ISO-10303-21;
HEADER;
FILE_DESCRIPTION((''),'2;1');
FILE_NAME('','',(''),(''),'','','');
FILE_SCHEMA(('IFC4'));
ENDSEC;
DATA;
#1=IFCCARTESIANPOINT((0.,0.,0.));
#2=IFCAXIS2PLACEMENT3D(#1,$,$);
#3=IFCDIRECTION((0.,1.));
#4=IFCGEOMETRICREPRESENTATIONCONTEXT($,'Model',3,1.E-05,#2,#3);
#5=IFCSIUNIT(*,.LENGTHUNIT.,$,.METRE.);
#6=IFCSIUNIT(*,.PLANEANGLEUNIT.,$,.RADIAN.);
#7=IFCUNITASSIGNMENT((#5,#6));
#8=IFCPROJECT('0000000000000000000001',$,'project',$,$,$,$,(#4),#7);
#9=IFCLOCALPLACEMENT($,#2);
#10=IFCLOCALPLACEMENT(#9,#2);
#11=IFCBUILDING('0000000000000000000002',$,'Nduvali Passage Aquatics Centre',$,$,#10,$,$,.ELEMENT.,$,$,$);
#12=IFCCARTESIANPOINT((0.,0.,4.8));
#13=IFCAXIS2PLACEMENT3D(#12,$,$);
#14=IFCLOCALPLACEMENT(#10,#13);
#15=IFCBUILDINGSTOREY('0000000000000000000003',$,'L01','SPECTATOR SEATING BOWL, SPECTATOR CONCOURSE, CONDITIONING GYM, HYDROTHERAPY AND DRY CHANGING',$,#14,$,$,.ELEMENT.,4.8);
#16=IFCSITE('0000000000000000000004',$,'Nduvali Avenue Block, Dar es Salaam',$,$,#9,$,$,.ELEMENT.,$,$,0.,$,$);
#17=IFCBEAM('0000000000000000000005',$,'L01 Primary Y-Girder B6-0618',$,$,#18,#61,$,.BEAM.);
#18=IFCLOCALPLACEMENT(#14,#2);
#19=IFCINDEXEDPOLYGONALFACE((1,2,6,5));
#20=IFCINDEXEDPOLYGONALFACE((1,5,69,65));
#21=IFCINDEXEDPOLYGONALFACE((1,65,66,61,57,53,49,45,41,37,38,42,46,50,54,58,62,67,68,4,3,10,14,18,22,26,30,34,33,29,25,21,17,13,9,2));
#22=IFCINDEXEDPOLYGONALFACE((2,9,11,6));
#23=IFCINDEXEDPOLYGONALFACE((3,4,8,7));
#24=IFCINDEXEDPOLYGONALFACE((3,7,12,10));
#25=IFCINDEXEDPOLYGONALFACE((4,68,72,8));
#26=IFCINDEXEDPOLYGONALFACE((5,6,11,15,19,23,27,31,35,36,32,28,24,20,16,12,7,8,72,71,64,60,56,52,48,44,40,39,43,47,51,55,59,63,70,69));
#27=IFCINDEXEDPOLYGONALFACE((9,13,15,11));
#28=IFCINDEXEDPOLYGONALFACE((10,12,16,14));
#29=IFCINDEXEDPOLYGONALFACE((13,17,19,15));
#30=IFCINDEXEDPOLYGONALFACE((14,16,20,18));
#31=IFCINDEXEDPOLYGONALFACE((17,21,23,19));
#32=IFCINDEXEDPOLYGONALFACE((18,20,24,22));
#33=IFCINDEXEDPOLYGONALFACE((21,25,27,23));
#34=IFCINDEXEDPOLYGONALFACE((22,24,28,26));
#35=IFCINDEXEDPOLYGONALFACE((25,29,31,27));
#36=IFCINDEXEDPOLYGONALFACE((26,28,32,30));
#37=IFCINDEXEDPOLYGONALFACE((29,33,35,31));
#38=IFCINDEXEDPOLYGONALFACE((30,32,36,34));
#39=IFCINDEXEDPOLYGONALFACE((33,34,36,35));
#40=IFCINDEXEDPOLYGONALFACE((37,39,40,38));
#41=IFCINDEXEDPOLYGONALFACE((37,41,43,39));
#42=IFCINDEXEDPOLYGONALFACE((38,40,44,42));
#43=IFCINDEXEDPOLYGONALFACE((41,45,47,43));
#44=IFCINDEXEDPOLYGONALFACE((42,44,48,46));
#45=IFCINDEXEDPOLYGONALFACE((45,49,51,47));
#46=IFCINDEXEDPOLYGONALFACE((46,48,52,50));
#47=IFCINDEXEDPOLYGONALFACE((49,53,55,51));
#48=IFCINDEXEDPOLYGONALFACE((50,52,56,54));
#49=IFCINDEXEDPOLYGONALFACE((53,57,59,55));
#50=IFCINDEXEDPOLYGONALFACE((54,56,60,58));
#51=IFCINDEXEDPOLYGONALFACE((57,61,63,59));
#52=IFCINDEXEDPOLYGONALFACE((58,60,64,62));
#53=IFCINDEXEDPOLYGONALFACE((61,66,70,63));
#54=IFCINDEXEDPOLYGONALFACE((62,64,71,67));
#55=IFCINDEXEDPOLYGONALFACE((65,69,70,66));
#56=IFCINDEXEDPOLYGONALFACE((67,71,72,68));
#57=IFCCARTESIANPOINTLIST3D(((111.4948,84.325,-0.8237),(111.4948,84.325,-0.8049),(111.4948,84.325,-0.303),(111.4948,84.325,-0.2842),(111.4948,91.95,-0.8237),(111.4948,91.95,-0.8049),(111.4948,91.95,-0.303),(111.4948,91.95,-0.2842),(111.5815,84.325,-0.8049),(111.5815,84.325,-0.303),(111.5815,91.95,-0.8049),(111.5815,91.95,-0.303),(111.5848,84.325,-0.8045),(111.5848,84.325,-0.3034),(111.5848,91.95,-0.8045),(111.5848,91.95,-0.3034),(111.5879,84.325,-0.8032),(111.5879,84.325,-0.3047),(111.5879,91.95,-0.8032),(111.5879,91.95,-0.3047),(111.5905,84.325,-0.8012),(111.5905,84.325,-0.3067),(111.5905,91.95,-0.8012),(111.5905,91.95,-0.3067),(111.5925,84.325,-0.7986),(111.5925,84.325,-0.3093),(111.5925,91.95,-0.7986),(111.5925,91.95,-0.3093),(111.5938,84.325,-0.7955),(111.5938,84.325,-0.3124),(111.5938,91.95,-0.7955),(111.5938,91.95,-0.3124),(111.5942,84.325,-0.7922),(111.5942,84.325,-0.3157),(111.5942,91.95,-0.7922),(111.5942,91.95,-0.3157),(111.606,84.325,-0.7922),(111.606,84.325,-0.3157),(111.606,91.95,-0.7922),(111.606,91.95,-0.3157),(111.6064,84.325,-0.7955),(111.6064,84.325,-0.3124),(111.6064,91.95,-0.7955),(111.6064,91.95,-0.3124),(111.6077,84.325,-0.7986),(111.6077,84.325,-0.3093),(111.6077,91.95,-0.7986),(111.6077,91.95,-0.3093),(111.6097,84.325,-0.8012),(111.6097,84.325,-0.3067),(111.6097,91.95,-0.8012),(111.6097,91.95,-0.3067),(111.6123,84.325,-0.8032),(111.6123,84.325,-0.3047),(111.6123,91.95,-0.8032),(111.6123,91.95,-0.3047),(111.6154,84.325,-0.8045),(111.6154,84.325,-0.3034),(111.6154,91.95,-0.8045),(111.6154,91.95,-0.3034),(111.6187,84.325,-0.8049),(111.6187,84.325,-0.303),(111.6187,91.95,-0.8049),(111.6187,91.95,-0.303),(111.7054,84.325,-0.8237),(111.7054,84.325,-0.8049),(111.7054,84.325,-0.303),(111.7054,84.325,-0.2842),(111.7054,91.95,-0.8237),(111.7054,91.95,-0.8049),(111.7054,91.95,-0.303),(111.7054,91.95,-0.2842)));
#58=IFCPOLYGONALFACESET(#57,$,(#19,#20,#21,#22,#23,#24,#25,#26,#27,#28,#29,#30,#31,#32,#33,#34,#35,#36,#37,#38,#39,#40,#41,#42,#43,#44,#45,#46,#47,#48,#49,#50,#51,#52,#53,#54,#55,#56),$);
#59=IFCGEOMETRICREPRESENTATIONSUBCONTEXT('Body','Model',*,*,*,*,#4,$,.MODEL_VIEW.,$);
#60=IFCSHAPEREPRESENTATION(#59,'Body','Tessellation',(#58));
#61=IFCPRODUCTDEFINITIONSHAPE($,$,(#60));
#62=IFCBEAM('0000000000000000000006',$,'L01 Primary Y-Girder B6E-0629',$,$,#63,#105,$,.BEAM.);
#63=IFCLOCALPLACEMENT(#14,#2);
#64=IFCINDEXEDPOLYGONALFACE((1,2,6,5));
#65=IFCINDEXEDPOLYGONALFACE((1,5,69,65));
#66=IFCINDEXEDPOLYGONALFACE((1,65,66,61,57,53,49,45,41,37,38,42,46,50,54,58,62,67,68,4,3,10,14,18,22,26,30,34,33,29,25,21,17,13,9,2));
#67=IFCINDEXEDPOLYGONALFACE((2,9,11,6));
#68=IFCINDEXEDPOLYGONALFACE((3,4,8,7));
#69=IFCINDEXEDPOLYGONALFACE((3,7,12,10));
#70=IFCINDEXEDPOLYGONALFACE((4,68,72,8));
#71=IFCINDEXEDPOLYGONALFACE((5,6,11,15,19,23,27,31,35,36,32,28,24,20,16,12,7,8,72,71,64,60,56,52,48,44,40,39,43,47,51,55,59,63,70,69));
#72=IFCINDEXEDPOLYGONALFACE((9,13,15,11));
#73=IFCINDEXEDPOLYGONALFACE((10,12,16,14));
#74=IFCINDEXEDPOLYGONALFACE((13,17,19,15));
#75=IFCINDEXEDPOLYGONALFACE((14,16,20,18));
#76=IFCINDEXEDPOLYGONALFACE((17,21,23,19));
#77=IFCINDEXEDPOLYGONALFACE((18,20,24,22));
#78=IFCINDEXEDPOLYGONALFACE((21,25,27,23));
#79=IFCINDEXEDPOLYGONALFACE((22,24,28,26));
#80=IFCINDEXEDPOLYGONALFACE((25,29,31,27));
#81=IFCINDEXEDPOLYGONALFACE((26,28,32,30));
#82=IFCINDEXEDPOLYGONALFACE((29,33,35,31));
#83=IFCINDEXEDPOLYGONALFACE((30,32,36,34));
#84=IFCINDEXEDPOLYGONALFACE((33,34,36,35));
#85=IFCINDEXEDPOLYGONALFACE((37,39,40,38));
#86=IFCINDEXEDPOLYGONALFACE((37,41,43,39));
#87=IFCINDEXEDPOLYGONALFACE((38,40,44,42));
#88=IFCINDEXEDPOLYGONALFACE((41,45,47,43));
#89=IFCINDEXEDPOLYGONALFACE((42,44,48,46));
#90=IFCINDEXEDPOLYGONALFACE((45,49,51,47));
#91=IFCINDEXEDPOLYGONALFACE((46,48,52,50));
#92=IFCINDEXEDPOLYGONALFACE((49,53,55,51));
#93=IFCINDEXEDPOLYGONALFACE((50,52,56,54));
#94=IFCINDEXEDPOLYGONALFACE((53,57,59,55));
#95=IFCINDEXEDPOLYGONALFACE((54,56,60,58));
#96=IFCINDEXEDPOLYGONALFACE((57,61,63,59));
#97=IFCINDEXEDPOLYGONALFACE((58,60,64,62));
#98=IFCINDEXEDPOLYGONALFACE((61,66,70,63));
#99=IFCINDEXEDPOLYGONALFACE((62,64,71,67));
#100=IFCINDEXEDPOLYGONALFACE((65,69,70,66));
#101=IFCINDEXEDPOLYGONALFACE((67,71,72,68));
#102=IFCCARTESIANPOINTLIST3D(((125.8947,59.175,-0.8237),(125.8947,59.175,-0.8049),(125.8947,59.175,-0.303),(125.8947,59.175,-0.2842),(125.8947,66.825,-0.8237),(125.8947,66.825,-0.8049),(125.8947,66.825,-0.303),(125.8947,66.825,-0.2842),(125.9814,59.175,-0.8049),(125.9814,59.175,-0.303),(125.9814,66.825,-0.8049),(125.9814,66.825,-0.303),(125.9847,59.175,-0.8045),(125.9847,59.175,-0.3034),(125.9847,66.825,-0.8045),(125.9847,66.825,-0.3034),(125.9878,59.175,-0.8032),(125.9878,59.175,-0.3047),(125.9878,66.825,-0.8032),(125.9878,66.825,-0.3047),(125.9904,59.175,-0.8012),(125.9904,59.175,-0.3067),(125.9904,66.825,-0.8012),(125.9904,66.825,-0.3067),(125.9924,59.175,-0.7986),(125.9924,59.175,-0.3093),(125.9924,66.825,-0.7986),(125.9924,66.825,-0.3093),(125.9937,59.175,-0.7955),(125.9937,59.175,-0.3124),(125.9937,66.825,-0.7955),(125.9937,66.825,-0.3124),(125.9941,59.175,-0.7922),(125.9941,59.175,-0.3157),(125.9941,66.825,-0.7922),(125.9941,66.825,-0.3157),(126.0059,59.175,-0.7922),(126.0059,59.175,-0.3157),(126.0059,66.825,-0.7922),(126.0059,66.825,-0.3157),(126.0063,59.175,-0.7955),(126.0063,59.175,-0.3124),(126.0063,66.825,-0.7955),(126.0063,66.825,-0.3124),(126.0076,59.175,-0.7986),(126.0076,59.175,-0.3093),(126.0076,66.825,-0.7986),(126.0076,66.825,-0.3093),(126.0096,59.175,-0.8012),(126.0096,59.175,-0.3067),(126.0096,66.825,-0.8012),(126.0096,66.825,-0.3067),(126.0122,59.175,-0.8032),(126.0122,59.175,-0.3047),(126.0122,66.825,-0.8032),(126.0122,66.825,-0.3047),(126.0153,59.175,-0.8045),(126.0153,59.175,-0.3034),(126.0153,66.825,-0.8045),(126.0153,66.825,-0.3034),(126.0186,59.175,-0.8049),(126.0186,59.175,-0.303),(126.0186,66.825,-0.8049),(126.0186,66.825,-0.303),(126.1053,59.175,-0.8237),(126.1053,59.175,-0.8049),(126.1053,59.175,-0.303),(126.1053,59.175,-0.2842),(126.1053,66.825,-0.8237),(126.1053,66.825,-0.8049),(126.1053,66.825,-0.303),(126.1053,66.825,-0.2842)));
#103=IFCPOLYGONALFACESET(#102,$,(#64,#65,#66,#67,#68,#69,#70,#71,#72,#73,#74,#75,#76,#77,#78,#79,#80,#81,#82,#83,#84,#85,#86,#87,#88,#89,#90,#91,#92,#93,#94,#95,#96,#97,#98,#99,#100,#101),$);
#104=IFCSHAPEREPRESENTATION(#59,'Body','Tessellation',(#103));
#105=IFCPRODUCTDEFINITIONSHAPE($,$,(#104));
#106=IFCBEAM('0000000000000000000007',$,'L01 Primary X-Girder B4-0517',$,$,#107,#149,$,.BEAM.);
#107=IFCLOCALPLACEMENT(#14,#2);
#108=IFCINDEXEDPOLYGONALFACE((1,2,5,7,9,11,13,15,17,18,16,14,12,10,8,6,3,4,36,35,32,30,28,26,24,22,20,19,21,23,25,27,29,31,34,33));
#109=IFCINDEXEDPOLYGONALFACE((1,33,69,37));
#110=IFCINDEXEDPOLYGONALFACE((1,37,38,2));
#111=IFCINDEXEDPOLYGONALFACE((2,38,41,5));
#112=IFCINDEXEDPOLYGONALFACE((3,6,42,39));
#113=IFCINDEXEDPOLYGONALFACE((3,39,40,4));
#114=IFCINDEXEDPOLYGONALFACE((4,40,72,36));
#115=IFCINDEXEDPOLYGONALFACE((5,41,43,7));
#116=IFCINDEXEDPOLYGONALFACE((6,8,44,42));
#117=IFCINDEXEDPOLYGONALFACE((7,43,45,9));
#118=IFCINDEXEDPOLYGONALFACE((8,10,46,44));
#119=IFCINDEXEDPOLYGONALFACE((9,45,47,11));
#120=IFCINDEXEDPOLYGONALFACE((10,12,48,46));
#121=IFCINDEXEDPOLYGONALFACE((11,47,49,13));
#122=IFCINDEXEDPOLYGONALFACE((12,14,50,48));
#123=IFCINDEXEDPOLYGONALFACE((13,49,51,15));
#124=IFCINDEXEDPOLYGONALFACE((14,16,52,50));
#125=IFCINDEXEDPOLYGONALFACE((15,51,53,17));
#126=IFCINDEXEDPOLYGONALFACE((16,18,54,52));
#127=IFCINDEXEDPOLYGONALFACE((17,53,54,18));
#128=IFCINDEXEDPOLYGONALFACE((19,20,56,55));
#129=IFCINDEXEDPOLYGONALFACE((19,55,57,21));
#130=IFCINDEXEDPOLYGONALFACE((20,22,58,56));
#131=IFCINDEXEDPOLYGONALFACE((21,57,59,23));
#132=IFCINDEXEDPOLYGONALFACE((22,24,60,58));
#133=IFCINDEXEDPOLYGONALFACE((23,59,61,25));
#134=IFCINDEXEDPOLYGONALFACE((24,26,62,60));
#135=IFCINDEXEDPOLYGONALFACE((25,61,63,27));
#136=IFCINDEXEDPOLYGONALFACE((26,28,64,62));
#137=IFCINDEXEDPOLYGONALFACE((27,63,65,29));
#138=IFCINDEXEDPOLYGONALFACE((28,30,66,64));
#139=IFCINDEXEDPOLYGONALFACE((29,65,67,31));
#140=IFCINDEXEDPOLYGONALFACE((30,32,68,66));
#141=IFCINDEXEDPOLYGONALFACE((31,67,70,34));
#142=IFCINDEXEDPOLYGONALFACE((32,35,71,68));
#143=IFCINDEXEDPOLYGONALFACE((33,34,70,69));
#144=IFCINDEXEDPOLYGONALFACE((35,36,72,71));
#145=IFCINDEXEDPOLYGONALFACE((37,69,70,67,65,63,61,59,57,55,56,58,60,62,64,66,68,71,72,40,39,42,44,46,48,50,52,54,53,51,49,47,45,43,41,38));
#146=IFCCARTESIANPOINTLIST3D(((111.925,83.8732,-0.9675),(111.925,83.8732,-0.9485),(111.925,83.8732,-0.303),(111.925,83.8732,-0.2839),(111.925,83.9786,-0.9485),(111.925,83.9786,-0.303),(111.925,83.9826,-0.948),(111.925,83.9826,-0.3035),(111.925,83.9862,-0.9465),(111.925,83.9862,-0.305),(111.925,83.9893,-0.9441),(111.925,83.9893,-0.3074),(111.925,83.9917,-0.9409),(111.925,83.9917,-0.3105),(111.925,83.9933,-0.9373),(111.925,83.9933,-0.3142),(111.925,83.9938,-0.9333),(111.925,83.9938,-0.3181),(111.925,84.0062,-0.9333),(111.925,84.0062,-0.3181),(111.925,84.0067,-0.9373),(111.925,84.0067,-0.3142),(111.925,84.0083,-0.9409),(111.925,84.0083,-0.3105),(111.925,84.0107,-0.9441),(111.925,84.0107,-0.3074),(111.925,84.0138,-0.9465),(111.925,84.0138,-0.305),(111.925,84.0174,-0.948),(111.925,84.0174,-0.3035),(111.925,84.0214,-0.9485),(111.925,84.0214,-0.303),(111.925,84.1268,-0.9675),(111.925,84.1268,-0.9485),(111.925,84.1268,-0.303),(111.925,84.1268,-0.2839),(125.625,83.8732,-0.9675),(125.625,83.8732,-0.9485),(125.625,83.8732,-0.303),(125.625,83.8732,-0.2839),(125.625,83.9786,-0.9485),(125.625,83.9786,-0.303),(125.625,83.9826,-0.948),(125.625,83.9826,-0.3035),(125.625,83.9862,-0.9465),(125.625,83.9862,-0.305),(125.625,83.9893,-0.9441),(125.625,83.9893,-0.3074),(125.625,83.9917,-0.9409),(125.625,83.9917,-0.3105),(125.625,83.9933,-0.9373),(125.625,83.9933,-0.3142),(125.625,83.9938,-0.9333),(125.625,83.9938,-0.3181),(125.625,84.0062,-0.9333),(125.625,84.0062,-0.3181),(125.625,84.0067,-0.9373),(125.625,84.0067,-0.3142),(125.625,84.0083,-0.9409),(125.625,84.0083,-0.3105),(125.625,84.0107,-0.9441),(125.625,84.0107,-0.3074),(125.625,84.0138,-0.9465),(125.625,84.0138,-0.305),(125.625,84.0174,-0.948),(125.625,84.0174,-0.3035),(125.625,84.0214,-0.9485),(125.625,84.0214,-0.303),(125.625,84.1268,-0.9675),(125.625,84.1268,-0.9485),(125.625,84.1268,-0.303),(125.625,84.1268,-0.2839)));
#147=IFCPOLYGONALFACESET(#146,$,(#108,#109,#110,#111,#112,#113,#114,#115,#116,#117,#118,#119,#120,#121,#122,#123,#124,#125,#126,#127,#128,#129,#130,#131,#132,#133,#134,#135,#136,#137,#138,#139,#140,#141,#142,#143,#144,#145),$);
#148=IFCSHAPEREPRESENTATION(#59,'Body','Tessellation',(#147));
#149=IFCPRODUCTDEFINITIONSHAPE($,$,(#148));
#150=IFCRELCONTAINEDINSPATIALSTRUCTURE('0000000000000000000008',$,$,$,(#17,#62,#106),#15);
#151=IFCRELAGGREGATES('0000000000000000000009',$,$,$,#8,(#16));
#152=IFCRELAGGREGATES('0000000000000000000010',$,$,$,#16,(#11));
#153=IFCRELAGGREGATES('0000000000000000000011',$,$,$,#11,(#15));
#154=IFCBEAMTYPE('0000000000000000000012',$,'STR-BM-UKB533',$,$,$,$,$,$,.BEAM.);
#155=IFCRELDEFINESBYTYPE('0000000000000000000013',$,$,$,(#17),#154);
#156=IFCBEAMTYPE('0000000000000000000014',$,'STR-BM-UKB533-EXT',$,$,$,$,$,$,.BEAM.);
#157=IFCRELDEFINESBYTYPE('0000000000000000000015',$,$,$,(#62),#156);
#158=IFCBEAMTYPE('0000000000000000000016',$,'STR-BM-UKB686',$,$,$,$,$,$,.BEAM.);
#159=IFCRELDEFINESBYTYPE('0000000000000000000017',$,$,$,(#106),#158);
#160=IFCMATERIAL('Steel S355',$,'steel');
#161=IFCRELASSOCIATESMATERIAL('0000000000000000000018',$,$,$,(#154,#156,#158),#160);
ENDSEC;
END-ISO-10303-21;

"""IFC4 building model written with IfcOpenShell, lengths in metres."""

from ifc_helpers import new_model, si_unit, direction, frame, origin, origin_2d, place, context, subcontext, project, spatial, i_section, extrude, material, material_profile, profile_set, type_object, element, save


model = new_model("IFC4")

# Units and contexts
model_context = context("Model", 3, precision=1e-05, world=origin(), true_north=direction((0.0, 1.0)))
body_context = subcontext(model_context, "Body", "Model", "MODEL_VIEW")
ifc_project = project(units=[si_unit("LENGTHUNIT", "METRE"), si_unit("PLANEANGLEUNIT", "RADIAN")], contexts=[model_context])

# Site, building, storey
site_placement = place(None, origin())
site = spatial("IfcSite", under=ifc_project, at=site_placement, Name="Nduvali Avenue Block, Dar es Salaam", CompositionType="ELEMENT", RefElevation=0.0)
building_placement = place(site_placement, origin())
building = spatial("IfcBuilding", under=site, at=building_placement, Name="Nduvali Passage Aquatics Centre", CompositionType="ELEMENT")
storey_placement = place(building_placement, frame((0.0, 0.0, 4.8)))
storey = spatial("IfcBuildingStorey", under=building, at=storey_placement, Name="L01", Description="SPECTATOR SEATING BOWL, SPECTATOR CONCOURSE, CONDITIONING GYM, HYDROTHERAPY AND DRY CHANGING", CompositionType="ELEMENT", Elevation=4.8)

# Shared definitions
ifc_material_1 = material(Name="Steel S355", Category="steel")

# Beams
ifc_material_profile_1 = material_profile(ifc_material_1, i_section(OverallWidth=0.2107, OverallDepth=0.5396, WebThickness=0.0117, FlangeThickness=0.0188, FilletRadius=0.0127, at=origin_2d()), Name="UKB 533x210x109")
ifc_profile_set_1 = profile_set([ifc_material_profile_1], Name="Steel S355")
beam_type_1 = type_object("IfcBeamType", Name="STR-BM-UKB533", PredefinedType="BEAM", material=ifc_profile_set_1)
beam_1_placement = place(storey_placement, frame((111.6001, 84.325, -0.554), z_axis=(0.0, 1.0, 0.0), x_axis=(-1.0, 0.0, 0.0)))
element("IfcBeam", 1, at=beam_1_placement, inside=storey, type_object=beam_type_1, Name="L01 Primary Y-Girder B6-0618", PredefinedType="BEAM", context=body_context, shape_type="SweptSolid", body=[
    extrude(i_section(OverallWidth=0.2107, OverallDepth=0.5396, WebThickness=0.0117, FlangeThickness=0.0188, FilletRadius=0.0127, at=origin_2d()), origin(), (0.0, 0.0, 1.0), 7.625),
])
ifc_material_profile_2 = material_profile(ifc_material_1, i_section(OverallWidth=0.2107, OverallDepth=0.5396, WebThickness=0.0117, FlangeThickness=0.0188, FilletRadius=0.0127, at=origin_2d()), Name="UKB 533x210x109")
ifc_profile_set_2 = profile_set([ifc_material_profile_2], Name="Steel S355")
beam_type_2 = type_object("IfcBeamType", Name="STR-BM-UKB533-EXT", PredefinedType="BEAM", material=ifc_profile_set_2)
beam_2_placement = place(storey_placement, frame((126.0, 59.175, -0.554), z_axis=(0.0, 1.0, 0.0), x_axis=(-1.0, 0.0, 0.0)))
element("IfcBeam", 2, at=beam_2_placement, inside=storey, type_object=beam_type_2, Name="L01 Primary Y-Girder B6E-0629", PredefinedType="BEAM", context=body_context, shape_type="SweptSolid", body=[
    extrude(i_section(OverallWidth=0.2107, OverallDepth=0.5396, WebThickness=0.0117, FlangeThickness=0.0188, FilletRadius=0.0127, at=origin_2d()), origin(), (0.0, 0.0, 1.0), 7.6499),
])
ifc_material_profile_3 = material_profile(ifc_material_1, i_section(OverallWidth=0.2537, OverallDepth=0.6836, WebThickness=0.0125, FlangeThickness=0.019, FilletRadius=0.0151, at=origin_2d()), Name="UKB 686x254x140")
ifc_profile_set_3 = profile_set([ifc_material_profile_3], Name="Steel S355")
beam_type_3 = type_object("IfcBeamType", Name="STR-BM-UKB686", PredefinedType="BEAM", material=ifc_profile_set_3)
beam_3_placement = place(storey_placement, frame((111.925, 84.0, -0.6257), z_axis=(1.0, 0.0, 0.0), x_axis=(0.0, 1.0, 0.0)))
element("IfcBeam", 3, at=beam_3_placement, inside=storey, type_object=beam_type_3, Name="L01 Primary X-Girder B4-0517", PredefinedType="BEAM", context=body_context, shape_type="SweptSolid", body=[
    extrude(i_section(OverallWidth=0.2537, OverallDepth=0.6836, WebThickness=0.0125, FlangeThickness=0.019, FilletRadius=0.0151, at=origin_2d()), origin(), (0.0, 0.0, 1.0), 13.7),
])

save(model, "model.ifc")
